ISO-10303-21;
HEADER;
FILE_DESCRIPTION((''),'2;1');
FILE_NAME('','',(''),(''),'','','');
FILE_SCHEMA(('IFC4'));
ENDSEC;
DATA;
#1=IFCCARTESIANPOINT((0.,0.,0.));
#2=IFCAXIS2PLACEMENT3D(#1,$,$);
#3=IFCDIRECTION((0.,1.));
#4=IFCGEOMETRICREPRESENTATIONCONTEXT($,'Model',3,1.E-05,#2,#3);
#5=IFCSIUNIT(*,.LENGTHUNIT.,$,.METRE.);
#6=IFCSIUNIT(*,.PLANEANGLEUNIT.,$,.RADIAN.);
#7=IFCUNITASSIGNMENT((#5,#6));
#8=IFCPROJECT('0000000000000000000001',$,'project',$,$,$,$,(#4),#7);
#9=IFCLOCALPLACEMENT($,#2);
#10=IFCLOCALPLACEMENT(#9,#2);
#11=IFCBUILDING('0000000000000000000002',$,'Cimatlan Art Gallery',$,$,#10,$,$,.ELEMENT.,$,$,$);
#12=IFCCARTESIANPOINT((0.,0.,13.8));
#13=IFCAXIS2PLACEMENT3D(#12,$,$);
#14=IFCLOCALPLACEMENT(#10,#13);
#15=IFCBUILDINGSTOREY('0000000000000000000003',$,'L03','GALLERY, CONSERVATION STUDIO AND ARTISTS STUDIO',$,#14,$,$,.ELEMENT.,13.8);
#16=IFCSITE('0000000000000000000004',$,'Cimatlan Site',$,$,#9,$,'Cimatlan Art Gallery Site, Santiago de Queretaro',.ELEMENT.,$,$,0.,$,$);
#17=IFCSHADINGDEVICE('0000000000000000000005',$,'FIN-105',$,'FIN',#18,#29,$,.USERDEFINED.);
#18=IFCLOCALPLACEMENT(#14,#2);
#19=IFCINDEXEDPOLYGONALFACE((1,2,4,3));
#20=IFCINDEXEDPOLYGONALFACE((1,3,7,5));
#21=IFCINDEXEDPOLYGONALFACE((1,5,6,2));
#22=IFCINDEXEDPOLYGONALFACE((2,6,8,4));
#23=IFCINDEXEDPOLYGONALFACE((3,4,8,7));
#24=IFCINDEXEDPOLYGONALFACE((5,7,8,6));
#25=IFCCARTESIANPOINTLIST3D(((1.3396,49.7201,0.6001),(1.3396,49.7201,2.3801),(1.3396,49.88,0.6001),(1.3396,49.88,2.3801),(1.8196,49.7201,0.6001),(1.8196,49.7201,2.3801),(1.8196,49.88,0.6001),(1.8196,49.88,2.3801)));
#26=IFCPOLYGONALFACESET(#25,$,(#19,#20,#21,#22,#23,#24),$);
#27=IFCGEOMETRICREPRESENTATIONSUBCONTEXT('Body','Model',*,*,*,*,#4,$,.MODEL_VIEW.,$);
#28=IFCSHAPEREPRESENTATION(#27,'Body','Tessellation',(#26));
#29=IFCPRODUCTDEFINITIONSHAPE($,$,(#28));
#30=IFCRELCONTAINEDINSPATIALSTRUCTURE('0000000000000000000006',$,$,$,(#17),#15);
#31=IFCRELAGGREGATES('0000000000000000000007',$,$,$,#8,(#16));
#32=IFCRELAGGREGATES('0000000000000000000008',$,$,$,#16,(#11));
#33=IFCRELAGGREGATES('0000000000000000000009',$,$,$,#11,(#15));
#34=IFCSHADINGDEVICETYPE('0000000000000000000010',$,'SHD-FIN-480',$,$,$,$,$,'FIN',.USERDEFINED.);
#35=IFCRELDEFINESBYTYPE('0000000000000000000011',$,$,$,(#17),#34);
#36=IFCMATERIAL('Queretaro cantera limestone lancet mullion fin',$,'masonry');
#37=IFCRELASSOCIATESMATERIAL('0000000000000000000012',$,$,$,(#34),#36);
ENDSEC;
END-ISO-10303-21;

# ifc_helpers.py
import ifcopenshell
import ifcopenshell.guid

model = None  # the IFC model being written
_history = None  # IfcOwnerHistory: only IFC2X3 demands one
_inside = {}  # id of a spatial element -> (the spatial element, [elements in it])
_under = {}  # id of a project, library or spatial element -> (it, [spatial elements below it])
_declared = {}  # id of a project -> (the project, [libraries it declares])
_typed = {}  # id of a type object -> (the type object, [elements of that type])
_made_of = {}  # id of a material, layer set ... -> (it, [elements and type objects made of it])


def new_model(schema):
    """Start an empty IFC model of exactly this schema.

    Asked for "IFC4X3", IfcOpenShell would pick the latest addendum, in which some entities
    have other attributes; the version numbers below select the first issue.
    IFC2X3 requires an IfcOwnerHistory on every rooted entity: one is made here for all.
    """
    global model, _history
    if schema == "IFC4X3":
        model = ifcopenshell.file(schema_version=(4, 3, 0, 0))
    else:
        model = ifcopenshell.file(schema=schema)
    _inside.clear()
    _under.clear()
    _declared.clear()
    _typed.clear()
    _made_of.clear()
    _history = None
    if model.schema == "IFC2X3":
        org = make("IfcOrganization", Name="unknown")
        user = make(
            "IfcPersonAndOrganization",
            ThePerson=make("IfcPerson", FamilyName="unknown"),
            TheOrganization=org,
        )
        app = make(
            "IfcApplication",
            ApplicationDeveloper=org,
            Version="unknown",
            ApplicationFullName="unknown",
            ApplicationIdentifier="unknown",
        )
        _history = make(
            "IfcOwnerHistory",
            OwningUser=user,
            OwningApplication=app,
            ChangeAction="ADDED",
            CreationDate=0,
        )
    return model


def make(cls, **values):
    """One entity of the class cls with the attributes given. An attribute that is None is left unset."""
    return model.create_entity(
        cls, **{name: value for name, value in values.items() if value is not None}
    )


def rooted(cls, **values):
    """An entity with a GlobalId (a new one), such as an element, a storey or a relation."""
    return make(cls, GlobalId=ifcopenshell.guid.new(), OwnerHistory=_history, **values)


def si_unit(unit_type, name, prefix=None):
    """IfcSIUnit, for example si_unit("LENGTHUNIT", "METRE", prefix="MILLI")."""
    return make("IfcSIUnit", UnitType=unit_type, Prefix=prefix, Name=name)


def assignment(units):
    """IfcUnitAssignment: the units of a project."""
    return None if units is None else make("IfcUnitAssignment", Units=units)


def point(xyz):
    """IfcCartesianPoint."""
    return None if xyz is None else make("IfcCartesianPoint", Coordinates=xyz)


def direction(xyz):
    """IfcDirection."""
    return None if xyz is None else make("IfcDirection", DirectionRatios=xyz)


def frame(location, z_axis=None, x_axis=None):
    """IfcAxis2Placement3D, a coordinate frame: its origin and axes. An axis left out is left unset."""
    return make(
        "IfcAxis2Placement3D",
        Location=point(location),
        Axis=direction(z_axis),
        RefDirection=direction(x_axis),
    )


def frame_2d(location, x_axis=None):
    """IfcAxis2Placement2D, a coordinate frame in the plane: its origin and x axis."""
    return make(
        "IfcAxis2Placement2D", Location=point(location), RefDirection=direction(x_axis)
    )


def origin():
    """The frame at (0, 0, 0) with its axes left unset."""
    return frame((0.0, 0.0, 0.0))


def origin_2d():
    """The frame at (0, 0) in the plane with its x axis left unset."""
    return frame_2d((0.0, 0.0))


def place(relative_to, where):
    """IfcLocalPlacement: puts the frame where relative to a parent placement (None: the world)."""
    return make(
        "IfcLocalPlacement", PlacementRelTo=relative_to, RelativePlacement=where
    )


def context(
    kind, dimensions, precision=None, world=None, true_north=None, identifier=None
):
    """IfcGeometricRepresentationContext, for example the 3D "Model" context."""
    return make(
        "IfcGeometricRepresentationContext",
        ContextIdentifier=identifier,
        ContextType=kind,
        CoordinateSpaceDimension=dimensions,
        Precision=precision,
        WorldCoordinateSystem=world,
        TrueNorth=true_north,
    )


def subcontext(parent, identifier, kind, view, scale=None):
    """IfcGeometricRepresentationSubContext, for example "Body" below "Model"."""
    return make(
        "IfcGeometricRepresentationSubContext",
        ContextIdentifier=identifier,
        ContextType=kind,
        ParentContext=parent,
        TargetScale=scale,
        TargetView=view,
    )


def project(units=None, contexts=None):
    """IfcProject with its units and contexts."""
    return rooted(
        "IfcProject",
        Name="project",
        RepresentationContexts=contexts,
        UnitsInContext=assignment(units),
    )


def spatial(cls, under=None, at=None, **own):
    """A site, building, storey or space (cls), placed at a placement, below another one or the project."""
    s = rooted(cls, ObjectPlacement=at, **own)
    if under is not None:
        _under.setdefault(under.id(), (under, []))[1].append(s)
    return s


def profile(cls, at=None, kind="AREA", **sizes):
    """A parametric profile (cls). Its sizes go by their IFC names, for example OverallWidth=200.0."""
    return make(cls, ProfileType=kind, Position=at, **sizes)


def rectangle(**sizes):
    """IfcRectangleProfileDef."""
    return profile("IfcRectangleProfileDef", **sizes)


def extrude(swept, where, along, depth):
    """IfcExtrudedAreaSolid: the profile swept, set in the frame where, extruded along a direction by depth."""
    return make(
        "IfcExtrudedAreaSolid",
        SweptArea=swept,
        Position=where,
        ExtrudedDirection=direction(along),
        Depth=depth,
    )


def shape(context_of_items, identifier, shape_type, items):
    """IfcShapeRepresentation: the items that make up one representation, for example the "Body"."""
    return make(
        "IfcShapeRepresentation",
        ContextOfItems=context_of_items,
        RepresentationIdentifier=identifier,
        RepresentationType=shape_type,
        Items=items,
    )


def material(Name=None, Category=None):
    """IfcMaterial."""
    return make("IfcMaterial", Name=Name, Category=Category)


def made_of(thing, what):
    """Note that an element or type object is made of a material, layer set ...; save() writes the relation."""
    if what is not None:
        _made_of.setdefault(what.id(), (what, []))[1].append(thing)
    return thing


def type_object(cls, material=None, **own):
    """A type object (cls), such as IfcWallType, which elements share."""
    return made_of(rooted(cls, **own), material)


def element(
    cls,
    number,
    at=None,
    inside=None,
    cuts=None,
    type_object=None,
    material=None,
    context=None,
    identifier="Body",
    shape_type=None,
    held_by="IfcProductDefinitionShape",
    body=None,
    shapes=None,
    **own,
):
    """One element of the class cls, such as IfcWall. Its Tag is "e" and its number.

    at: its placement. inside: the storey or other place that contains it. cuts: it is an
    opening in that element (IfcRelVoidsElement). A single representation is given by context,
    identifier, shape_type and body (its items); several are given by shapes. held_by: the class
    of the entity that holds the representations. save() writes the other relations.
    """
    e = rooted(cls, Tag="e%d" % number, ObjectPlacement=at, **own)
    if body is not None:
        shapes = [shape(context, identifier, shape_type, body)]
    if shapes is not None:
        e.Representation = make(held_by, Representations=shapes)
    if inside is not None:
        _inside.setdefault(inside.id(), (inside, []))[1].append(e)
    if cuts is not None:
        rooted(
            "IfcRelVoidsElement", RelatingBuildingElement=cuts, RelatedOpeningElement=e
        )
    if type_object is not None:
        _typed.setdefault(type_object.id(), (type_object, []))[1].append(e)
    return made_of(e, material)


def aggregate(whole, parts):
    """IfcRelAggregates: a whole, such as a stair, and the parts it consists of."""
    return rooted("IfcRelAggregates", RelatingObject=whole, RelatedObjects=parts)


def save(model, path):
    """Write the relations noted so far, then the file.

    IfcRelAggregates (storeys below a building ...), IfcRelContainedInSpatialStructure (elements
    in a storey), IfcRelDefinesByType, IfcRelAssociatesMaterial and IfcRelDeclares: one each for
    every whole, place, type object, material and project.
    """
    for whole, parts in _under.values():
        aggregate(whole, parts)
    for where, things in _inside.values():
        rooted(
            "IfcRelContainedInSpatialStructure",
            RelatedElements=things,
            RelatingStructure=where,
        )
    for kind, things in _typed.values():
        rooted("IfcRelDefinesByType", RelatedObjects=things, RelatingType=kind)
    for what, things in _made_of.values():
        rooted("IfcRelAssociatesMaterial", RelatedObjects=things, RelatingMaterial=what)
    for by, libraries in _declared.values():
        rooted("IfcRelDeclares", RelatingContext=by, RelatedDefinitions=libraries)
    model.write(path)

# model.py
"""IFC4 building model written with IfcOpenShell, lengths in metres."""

from ifc_helpers import new_model, si_unit, direction, frame, origin, origin_2d, place, context, subcontext, project, spatial, rectangle, extrude, material, type_object, element, save


model = new_model("IFC4")

# Units and contexts
model_context = context("Model", 3, precision=1e-05, world=origin(), true_north=direction((0.0, 1.0)))
body_context = subcontext(model_context, "Body", "Model", "MODEL_VIEW")
ifc_project = project(units=[si_unit("LENGTHUNIT", "METRE"), si_unit("PLANEANGLEUNIT", "RADIAN")], contexts=[model_context])

# Site, building, storey
site_placement = place(None, origin())
site = spatial("IfcSite", under=ifc_project, at=site_placement, Name="Cimatlan Site", LongName="Cimatlan Art Gallery Site, Santiago de Queretaro", CompositionType="ELEMENT", RefElevation=0.0)
building_placement = place(site_placement, origin())
building = spatial("IfcBuilding", under=site, at=building_placement, Name="Cimatlan Art Gallery", CompositionType="ELEMENT")
storey_placement = place(building_placement, frame((0.0, 0.0, 13.8)))
storey = spatial("IfcBuildingStorey", under=building, at=storey_placement, Name="L03", Description="GALLERY, CONSERVATION STUDIO AND ARTISTS STUDIO", CompositionType="ELEMENT", Elevation=13.8)

# Shading device
ifc_material_1 = material(Name="Queretaro cantera limestone lancet mullion fin", Category="masonry")
shading_device_type_1 = type_object("IfcShadingDeviceType", Name="SHD-FIN-480", ElementType="FIN", PredefinedType="USERDEFINED", material=ifc_material_1)
for number, where, z_axis, x_axis, name in (
    (1, (1.5796, 49.8, 0.6001), (0.0, 0.0, 1.0), (0.0, 1.0, 0.0), "FIN-105"),
):
    element("IfcShadingDevice", number, at=place(storey_placement, frame(where, z_axis=z_axis, x_axis=x_axis)), inside=storey, type_object=shading_device_type_1, Name=name, ObjectType="FIN", PredefinedType="USERDEFINED", context=body_context, shape_type="SweptSolid", body=[
        extrude(rectangle(XDim=0.1599, YDim=0.48, at=origin_2d()), origin(), (0.0, 0.0, 1.0), 1.78),
    ])

save(model, "model.ifc")
